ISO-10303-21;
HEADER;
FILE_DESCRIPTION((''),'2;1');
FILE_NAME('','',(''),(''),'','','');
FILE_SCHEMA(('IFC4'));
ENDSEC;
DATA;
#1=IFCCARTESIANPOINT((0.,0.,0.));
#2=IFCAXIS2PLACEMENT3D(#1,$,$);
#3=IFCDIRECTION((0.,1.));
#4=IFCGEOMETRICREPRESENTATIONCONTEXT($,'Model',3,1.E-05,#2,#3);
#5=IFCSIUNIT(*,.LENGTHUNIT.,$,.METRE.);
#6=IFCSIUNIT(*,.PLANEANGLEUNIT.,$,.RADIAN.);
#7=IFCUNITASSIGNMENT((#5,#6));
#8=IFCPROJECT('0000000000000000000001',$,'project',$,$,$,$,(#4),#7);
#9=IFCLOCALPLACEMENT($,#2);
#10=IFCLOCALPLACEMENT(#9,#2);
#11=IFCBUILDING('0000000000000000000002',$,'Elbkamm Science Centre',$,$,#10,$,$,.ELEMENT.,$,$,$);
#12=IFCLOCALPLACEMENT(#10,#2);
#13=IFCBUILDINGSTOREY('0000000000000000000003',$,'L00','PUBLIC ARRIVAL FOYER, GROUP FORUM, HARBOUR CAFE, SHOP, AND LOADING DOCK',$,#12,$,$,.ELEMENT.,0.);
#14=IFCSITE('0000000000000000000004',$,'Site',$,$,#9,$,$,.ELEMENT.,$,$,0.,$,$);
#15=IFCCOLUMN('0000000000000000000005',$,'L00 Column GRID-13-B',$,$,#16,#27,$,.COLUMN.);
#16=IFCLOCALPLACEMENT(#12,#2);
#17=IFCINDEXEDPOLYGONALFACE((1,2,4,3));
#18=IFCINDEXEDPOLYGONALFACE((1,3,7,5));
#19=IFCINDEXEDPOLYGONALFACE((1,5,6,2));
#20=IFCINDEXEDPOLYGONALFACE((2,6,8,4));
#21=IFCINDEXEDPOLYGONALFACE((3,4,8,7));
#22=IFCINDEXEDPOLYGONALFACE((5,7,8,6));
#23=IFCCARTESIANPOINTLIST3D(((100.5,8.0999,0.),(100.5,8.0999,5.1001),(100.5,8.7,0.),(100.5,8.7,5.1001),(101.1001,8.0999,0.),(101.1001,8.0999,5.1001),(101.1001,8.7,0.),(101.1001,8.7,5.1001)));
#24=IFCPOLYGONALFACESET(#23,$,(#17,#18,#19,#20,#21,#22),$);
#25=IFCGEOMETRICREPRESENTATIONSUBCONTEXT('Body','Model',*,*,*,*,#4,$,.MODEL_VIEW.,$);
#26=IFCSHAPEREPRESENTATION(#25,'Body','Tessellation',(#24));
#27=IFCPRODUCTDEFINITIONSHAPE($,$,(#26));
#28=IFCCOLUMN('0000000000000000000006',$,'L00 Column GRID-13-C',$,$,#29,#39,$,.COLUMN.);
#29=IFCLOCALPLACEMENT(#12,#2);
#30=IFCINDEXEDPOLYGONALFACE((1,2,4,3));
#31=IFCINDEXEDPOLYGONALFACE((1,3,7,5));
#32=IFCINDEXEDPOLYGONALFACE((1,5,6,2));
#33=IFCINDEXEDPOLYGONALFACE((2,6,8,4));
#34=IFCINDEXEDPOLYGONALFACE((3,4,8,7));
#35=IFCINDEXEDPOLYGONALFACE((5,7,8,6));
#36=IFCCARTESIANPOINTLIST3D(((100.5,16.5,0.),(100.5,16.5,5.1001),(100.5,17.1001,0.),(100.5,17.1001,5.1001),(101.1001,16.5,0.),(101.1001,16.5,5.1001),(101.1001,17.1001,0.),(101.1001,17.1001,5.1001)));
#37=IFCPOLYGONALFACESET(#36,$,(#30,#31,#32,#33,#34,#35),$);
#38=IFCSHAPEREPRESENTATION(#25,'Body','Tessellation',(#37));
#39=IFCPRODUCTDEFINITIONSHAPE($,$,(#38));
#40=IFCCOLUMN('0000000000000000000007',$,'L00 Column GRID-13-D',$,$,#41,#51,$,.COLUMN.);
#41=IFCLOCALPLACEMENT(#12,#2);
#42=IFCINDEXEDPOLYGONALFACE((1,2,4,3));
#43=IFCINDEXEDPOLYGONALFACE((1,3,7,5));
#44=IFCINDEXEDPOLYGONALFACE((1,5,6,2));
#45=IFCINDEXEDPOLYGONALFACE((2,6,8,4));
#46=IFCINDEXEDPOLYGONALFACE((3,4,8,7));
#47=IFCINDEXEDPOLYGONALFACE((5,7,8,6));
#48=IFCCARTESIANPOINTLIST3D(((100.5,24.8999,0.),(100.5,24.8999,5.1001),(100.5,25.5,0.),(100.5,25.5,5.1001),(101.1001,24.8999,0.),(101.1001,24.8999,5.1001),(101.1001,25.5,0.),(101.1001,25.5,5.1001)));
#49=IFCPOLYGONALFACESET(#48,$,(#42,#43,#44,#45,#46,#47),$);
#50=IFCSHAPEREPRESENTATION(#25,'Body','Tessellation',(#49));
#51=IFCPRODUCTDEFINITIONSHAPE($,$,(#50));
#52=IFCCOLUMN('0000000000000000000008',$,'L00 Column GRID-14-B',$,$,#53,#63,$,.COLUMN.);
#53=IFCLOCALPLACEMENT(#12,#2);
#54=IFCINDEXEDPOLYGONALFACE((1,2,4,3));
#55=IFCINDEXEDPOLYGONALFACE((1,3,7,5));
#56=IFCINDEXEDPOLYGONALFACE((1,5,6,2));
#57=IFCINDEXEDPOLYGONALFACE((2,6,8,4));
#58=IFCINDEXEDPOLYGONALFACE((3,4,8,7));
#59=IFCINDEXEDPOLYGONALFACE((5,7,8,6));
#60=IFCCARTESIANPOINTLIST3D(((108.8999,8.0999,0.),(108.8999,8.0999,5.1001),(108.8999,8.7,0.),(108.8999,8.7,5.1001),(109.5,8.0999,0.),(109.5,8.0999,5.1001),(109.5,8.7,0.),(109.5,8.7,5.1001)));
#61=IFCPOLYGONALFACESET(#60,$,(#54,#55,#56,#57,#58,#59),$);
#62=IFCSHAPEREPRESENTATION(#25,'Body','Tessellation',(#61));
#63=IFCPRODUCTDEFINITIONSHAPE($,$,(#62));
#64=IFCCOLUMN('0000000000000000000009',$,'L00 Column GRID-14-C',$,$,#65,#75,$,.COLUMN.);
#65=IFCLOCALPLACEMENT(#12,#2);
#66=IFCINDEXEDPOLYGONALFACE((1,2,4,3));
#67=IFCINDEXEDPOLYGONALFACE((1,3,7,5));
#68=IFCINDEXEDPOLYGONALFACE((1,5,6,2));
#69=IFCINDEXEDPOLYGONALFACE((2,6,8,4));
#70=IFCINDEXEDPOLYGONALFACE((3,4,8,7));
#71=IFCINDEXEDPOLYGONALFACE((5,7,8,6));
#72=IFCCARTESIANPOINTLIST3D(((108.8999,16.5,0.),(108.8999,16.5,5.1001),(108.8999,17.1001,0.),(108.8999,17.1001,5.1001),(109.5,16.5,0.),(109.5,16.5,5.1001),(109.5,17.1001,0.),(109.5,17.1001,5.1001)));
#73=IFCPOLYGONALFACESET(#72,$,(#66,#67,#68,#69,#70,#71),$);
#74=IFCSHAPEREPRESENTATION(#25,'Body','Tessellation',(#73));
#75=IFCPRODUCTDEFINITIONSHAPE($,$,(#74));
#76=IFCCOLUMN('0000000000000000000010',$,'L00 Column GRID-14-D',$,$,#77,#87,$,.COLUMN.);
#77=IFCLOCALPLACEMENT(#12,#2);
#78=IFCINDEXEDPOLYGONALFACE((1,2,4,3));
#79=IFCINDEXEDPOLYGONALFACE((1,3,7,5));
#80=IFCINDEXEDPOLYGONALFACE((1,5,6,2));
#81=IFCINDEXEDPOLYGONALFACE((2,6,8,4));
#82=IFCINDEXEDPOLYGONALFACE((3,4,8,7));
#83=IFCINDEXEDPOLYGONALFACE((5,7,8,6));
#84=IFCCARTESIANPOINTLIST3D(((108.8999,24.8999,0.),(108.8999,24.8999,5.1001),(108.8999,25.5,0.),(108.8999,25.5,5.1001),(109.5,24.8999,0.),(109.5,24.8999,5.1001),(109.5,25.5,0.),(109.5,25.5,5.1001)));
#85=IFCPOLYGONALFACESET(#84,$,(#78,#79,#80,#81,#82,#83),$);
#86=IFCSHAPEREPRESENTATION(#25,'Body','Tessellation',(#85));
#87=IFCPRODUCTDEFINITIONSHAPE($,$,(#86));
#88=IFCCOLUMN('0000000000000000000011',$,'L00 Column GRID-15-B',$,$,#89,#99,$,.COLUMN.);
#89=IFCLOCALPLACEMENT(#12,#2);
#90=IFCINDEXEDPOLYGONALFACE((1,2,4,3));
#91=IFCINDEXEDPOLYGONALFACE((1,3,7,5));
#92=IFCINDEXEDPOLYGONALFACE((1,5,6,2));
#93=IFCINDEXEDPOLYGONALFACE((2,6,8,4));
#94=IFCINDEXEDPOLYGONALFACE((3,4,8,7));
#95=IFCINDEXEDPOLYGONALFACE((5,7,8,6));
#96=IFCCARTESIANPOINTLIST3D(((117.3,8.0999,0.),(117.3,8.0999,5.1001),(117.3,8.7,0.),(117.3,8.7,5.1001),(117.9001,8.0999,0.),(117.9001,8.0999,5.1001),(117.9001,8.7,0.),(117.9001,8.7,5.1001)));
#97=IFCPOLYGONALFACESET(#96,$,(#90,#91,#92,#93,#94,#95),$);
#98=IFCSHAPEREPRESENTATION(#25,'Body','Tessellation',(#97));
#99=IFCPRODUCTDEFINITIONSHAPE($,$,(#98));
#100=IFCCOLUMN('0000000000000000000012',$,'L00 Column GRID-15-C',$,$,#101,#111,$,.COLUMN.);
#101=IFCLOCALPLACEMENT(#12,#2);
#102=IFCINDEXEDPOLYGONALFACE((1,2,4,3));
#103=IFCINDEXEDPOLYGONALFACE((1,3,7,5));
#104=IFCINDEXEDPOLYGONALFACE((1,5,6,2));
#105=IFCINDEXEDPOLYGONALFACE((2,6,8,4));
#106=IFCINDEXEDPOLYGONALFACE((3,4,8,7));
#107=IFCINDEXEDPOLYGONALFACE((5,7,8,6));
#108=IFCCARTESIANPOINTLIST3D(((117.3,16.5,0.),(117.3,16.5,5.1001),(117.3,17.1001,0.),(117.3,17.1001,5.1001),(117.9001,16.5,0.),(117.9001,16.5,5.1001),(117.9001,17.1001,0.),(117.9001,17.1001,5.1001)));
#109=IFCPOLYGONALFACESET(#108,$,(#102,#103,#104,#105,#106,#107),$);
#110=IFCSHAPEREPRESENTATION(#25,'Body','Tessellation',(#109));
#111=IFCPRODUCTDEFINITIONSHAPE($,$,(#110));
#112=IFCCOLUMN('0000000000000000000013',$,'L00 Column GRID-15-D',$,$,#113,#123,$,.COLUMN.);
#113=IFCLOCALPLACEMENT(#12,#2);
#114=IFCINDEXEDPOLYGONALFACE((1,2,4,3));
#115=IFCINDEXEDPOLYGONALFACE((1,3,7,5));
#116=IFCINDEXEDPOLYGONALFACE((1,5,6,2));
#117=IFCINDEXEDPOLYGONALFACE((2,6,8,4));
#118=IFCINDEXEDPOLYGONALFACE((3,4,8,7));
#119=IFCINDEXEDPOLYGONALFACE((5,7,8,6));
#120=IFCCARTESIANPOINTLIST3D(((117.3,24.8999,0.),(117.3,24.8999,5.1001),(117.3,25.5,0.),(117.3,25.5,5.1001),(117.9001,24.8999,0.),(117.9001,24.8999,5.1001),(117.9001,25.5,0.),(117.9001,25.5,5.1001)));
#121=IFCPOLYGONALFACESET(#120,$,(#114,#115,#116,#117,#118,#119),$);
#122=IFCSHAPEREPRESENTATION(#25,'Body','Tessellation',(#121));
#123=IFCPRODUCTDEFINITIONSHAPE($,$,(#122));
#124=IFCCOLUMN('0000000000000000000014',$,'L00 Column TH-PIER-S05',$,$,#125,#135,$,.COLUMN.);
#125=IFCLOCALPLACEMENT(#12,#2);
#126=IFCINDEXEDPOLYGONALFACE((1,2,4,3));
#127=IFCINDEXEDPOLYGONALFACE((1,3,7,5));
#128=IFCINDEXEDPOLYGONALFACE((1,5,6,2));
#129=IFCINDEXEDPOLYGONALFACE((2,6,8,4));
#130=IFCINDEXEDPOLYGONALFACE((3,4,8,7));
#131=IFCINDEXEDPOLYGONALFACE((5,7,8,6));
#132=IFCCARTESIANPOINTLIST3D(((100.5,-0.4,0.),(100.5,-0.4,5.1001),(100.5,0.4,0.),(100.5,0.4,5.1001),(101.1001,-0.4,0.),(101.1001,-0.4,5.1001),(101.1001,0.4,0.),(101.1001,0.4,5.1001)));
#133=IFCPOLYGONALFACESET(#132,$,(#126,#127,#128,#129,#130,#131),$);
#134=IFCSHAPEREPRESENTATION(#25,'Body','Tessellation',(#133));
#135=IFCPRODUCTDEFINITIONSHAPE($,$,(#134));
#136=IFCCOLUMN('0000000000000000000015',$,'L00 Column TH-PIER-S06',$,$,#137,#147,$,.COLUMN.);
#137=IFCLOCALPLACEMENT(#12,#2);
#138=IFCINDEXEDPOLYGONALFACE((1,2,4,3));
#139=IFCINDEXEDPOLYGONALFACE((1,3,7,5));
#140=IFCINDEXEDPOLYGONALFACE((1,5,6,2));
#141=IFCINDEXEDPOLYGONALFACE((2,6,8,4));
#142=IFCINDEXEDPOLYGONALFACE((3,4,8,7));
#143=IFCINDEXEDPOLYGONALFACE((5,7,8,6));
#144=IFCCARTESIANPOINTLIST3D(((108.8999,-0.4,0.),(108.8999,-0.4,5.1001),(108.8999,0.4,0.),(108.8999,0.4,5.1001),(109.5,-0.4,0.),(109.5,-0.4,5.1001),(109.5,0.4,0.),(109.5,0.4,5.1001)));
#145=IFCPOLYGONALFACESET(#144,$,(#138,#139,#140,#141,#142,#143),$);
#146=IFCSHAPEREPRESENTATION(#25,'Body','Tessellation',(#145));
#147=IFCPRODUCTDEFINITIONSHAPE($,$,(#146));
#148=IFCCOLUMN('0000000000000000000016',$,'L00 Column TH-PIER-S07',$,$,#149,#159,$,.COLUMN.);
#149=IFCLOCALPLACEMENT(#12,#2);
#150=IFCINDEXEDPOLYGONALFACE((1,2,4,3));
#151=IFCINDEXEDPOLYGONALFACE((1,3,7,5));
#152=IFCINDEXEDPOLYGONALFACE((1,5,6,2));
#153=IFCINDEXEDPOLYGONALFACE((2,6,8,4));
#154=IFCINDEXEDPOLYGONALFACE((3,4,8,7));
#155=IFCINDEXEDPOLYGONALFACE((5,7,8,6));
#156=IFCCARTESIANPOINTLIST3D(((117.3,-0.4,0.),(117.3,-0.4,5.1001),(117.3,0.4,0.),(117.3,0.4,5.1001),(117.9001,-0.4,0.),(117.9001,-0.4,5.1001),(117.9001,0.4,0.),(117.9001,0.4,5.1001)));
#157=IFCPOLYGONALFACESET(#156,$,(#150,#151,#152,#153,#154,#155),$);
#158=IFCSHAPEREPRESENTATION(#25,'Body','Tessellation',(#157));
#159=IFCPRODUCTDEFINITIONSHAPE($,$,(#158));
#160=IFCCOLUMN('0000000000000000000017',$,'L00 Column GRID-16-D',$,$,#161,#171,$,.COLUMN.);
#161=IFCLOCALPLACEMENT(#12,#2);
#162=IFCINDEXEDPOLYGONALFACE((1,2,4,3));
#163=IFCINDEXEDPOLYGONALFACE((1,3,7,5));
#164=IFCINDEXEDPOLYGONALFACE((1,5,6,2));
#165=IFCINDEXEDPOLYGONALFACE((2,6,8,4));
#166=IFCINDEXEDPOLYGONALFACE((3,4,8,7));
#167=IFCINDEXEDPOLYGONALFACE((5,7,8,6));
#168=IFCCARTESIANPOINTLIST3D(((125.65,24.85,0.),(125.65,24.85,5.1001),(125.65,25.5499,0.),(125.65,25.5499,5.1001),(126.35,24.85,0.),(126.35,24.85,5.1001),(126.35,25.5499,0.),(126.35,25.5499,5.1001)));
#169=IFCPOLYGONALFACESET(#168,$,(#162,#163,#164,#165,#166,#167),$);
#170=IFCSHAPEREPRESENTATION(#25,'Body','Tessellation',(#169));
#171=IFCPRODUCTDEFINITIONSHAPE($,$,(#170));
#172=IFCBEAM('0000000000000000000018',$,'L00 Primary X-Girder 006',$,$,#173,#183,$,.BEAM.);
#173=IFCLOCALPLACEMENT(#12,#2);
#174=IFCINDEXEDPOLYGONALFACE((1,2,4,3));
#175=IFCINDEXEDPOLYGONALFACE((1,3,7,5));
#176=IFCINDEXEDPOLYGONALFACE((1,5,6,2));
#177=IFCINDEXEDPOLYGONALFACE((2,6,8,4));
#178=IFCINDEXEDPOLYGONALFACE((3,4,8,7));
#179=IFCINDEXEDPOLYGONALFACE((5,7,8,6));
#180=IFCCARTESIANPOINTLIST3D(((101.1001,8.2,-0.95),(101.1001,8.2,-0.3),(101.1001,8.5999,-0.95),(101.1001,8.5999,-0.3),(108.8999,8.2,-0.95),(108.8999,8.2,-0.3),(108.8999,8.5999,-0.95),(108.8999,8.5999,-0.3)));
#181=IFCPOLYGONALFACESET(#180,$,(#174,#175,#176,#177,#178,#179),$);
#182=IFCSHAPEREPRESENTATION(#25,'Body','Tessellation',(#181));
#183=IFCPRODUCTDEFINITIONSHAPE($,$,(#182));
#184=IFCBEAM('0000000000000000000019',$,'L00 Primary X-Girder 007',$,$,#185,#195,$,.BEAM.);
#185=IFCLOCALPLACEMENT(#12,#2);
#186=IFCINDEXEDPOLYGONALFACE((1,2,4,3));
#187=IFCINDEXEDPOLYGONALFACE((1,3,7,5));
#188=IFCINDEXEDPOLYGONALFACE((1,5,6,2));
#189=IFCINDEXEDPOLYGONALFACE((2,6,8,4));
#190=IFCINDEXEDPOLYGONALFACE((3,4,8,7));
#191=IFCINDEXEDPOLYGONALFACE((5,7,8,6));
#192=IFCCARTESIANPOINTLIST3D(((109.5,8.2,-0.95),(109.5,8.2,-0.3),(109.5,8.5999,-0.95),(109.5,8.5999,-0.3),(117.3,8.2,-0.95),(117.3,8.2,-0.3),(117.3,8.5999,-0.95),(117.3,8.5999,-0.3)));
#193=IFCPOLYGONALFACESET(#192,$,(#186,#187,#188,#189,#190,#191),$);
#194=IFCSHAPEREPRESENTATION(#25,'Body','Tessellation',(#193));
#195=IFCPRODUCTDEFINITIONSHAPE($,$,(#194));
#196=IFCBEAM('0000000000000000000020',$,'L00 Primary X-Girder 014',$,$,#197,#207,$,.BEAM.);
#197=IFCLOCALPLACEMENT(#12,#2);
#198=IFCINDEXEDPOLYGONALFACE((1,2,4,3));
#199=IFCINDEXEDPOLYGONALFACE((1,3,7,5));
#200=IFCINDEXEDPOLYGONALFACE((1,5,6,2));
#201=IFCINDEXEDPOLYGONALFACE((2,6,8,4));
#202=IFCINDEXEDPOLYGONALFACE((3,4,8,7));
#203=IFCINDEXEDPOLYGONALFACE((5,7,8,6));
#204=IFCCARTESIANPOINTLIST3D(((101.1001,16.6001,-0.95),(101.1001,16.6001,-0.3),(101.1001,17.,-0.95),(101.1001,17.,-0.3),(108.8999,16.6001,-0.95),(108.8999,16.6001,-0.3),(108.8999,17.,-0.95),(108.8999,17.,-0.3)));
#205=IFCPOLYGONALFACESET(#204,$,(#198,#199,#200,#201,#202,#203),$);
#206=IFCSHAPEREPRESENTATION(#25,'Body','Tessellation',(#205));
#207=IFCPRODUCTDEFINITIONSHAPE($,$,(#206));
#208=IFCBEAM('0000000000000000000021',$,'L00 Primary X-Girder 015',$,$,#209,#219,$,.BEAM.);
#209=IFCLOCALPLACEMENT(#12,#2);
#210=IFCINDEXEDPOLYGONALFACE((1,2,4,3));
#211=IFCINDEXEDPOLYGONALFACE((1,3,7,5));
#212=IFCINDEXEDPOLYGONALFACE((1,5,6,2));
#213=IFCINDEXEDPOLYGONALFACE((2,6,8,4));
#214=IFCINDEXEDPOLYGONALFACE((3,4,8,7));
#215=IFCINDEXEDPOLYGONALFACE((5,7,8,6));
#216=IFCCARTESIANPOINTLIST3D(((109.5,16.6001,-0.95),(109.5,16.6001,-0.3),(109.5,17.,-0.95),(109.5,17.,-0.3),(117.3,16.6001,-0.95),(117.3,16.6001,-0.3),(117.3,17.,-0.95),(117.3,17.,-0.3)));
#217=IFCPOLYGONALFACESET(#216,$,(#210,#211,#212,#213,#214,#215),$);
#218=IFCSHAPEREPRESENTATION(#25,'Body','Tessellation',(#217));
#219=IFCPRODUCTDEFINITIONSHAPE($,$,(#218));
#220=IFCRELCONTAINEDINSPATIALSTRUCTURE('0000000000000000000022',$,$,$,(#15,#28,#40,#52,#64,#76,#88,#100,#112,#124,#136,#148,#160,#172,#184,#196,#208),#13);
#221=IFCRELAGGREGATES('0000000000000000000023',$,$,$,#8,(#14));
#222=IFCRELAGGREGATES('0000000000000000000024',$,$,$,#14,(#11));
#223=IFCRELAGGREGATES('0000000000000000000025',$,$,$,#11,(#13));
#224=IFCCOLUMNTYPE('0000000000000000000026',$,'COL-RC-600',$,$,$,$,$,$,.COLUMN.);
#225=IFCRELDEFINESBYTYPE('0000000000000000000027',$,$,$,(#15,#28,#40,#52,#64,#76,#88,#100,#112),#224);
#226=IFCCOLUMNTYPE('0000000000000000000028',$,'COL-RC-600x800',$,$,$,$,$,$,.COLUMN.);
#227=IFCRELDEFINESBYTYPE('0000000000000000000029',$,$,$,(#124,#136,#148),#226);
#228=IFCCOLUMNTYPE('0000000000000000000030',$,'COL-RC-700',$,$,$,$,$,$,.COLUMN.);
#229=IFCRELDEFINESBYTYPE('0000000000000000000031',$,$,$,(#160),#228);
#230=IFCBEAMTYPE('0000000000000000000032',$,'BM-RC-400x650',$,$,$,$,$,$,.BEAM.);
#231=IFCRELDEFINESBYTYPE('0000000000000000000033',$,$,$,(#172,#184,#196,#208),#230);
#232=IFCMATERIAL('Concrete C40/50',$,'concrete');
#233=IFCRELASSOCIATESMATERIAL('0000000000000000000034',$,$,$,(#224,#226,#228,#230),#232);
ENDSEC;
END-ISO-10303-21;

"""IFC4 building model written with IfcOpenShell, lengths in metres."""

from ifc_helpers import new_model, si_unit, direction, frame, origin, origin_2d, place, context, subcontext, project, spatial, rectangle, extrude, material, material_profile, profile_set, type_object, element, save


model = new_model("IFC4")

# Units and contexts
model_context = context("Model", 3, precision=1e-05, world=origin(), true_north=direction((0.0, 1.0)))
body_context = subcontext(model_context, "Body", "Model", "MODEL_VIEW")
ifc_project = project(units=[si_unit("LENGTHUNIT", "METRE"), si_unit("PLANEANGLEUNIT", "RADIAN")], contexts=[model_context])

# Site, building, storey
site_placement = place(None, origin())
site = spatial("IfcSite", under=ifc_project, at=site_placement, Name="Site", CompositionType="ELEMENT", RefElevation=0.0)
building_placement = place(site_placement, origin())
building = spatial("IfcBuilding", under=site, at=building_placement, Name="Elbkamm Science Centre", CompositionType="ELEMENT")
storey_placement = place(building_placement, origin())
storey = spatial("IfcBuildingStorey", under=building, at=storey_placement, Name="L00", Description="PUBLIC ARRIVAL FOYER, GROUP FORUM, HARBOUR CAFE, SHOP, AND LOADING DOCK", CompositionType="ELEMENT", Elevation=0.0)

# Columns
ifc_material = material(Name="Concrete C40/50", Category="concrete")
ifc_material_profile_1 = material_profile(ifc_material, rectangle(XDim=0.6001, YDim=0.6001, at=origin_2d()), Name="RC 600x600")
ifc_profile_set_1 = profile_set([ifc_material_profile_1], Name="Concrete C40/50")
column_type_1 = type_object("IfcColumnType", Name="COL-RC-600", PredefinedType="COLUMN", material=ifc_profile_set_1)
for number, where, z_axis, x_axis, name in (
    (1, (100.8, 8.3999, 0.0), (0.0, 0.0, 1.0), (1.0, 0.0, 0.0), "L00 Column GRID-13-B"),
    (2, (100.8, 16.8, 0.0), (0.0, 0.0, 1.0), (1.0, 0.0, 0.0), "L00 Column GRID-13-C"),
    (3, (100.8, 25.2, 0.0), (0.0, 0.0, 1.0), (1.0, 0.0, 0.0), "L00 Column GRID-13-D"),
    (4, (109.2, 8.3999, 0.0), (0.0, 0.0, 1.0), (1.0, 0.0, 0.0), "L00 Column GRID-14-B"),
    (5, (109.2, 16.8, 0.0), (0.0, 0.0, 1.0), (1.0, 0.0, 0.0), "L00 Column GRID-14-C"),
    (6, (109.2, 25.2, 0.0), (0.0, 0.0, 1.0), (1.0, 0.0, 0.0), "L00 Column GRID-14-D"),
    (7, (117.6001, 8.3999, 0.0), (0.0, 0.0, 1.0), (1.0, 0.0, 0.0), "L00 Column GRID-15-B"),
    (8, (117.6001, 16.8, 0.0), (0.0, 0.0, 1.0), (1.0, 0.0, 0.0), "L00 Column GRID-15-C"),
    (9, (117.6001, 25.2, 0.0), (0.0, 0.0, 1.0), (1.0, 0.0, 0.0), "L00 Column GRID-15-D"),
):
    element("IfcColumn", number, at=place(storey_placement, frame(where, z_axis=z_axis, x_axis=x_axis)), inside=storey, type_object=column_type_1, Name=name, PredefinedType="COLUMN", context=body_context, shape_type="SweptSolid", body=[
        extrude(rectangle(XDim=0.6001, YDim=0.6001, at=origin_2d()), origin(), (0.0, 0.0, 1.0), 5.1001),
    ])
ifc_material_profile_2 = material_profile(ifc_material, rectangle(XDim=0.6001, YDim=0.8, at=origin_2d()), Name="RC 600x800")
ifc_profile_set_2 = profile_set([ifc_material_profile_2], Name="Concrete C40/50")
column_type_2 = type_object("IfcColumnType", Name="COL-RC-600x800", PredefinedType="COLUMN", material=ifc_profile_set_2)
for number, where, z_axis, x_axis, name in (
    (10, (100.8, 0.0, 0.0), (0.0, 0.0, 1.0), (1.0, 0.0, 0.0), "L00 Column TH-PIER-S05"),
    (11, (109.2, 0.0, 0.0), (0.0, 0.0, 1.0), (1.0, 0.0, 0.0), "L00 Column TH-PIER-S06"),
    (12, (117.6001, 0.0, 0.0), (0.0, 0.0, 1.0), (1.0, 0.0, 0.0), "L00 Column TH-PIER-S07"),
):
    element("IfcColumn", number, at=place(storey_placement, frame(where, z_axis=z_axis, x_axis=x_axis)), inside=storey, type_object=column_type_2, Name=name, PredefinedType="COLUMN", context=body_context, shape_type="SweptSolid", body=[
        extrude(rectangle(XDim=0.6001, YDim=0.8, at=origin_2d()), origin(), (0.0, 0.0, 1.0), 5.1001),
    ])
ifc_material_profile_3 = material_profile(ifc_material, rectangle(XDim=0.7, YDim=0.7, at=origin_2d()), Name="RC 700x700")
ifc_profile_set_3 = profile_set([ifc_material_profile_3], Name="Concrete C40/50")
column_type_3 = type_object("IfcColumnType", Name="COL-RC-700", PredefinedType="COLUMN", material=ifc_profile_set_3)
column_placement = place(storey_placement, frame((126.0, 25.2, 0.0), z_axis=(0.0, 0.0, 1.0), x_axis=(1.0, 0.0, 0.0)))
element("IfcColumn", 13, at=column_placement, inside=storey, type_object=column_type_3, Name="L00 Column GRID-16-D", PredefinedType="COLUMN", context=body_context, shape_type="SweptSolid", body=[
    extrude(rectangle(XDim=0.7, YDim=0.7, at=origin_2d()), origin(), (0.0, 0.0, 1.0), 5.1001),
])

# Beams
ifc_material_profile_4 = material_profile(ifc_material, rectangle(XDim=0.3999, YDim=0.6499, at=origin_2d()), Name="RC 400x650")
ifc_profile_set_4 = profile_set([ifc_material_profile_4], Name="Concrete C40/50")
beam_type_1 = type_object("IfcBeamType", Name="BM-RC-400x650", PredefinedType="BEAM", material=ifc_profile_set_4)
beam_1_placement = place(storey_placement, frame((101.1001, 8.3999, -0.625), z_axis=(1.0, 0.0, 0.0), x_axis=(0.0, 1.0, 0.0)))
element("IfcBeam", 14, at=beam_1_placement, inside=storey, type_object=beam_type_1, Name="L00 Primary X-Girder 006", PredefinedType="BEAM", context=body_context, shape_type="SweptSolid", body=[
    extrude(rectangle(XDim=0.3999, YDim=0.6499, at=origin_2d()), origin(), (0.0, 0.0, 1.0), 7.7998),
])
beam_2_placement = place(storey_placement, frame((109.5, 8.3999, -0.625), z_axis=(1.0, 0.0, 0.0), x_axis=(0.0, 1.0, 0.0)))
element("IfcBeam", 15, at=beam_2_placement, inside=storey, type_object=beam_type_1, Name="L00 Primary X-Girder 007", PredefinedType="BEAM", context=body_context, shape_type="SweptSolid", body=[
    extrude(rectangle(XDim=0.3999, YDim=0.6499, at=origin_2d()), origin(), (0.0, 0.0, 1.0), 7.8),
])
beam_3_placement = place(storey_placement, frame((101.1001, 16.8, -0.625), z_axis=(1.0, 0.0, 0.0), x_axis=(0.0, 1.0, 0.0)))
element("IfcBeam", 16, at=beam_3_placement, inside=storey, type_object=beam_type_1, Name="L00 Primary X-Girder 014", PredefinedType="BEAM", context=body_context, shape_type="SweptSolid", body=[
    extrude(rectangle(XDim=0.3999, YDim=0.6499, at=origin_2d()), origin(), (0.0, 0.0, 1.0), 7.7998),
])
beam_4_placement = place(storey_placement, frame((109.5, 16.8, -0.625), z_axis=(1.0, 0.0, 0.0), x_axis=(0.0, 1.0, 0.0)))
element("IfcBeam", 17, at=beam_4_placement, inside=storey, type_object=beam_type_1, Name="L00 Primary X-Girder 015", PredefinedType="BEAM", context=body_context, shape_type="SweptSolid", body=[
    extrude(rectangle(XDim=0.3999, YDim=0.6499, at=origin_2d()), origin(), (0.0, 0.0, 1.0), 7.8),
])

save(model, "model.ifc")
